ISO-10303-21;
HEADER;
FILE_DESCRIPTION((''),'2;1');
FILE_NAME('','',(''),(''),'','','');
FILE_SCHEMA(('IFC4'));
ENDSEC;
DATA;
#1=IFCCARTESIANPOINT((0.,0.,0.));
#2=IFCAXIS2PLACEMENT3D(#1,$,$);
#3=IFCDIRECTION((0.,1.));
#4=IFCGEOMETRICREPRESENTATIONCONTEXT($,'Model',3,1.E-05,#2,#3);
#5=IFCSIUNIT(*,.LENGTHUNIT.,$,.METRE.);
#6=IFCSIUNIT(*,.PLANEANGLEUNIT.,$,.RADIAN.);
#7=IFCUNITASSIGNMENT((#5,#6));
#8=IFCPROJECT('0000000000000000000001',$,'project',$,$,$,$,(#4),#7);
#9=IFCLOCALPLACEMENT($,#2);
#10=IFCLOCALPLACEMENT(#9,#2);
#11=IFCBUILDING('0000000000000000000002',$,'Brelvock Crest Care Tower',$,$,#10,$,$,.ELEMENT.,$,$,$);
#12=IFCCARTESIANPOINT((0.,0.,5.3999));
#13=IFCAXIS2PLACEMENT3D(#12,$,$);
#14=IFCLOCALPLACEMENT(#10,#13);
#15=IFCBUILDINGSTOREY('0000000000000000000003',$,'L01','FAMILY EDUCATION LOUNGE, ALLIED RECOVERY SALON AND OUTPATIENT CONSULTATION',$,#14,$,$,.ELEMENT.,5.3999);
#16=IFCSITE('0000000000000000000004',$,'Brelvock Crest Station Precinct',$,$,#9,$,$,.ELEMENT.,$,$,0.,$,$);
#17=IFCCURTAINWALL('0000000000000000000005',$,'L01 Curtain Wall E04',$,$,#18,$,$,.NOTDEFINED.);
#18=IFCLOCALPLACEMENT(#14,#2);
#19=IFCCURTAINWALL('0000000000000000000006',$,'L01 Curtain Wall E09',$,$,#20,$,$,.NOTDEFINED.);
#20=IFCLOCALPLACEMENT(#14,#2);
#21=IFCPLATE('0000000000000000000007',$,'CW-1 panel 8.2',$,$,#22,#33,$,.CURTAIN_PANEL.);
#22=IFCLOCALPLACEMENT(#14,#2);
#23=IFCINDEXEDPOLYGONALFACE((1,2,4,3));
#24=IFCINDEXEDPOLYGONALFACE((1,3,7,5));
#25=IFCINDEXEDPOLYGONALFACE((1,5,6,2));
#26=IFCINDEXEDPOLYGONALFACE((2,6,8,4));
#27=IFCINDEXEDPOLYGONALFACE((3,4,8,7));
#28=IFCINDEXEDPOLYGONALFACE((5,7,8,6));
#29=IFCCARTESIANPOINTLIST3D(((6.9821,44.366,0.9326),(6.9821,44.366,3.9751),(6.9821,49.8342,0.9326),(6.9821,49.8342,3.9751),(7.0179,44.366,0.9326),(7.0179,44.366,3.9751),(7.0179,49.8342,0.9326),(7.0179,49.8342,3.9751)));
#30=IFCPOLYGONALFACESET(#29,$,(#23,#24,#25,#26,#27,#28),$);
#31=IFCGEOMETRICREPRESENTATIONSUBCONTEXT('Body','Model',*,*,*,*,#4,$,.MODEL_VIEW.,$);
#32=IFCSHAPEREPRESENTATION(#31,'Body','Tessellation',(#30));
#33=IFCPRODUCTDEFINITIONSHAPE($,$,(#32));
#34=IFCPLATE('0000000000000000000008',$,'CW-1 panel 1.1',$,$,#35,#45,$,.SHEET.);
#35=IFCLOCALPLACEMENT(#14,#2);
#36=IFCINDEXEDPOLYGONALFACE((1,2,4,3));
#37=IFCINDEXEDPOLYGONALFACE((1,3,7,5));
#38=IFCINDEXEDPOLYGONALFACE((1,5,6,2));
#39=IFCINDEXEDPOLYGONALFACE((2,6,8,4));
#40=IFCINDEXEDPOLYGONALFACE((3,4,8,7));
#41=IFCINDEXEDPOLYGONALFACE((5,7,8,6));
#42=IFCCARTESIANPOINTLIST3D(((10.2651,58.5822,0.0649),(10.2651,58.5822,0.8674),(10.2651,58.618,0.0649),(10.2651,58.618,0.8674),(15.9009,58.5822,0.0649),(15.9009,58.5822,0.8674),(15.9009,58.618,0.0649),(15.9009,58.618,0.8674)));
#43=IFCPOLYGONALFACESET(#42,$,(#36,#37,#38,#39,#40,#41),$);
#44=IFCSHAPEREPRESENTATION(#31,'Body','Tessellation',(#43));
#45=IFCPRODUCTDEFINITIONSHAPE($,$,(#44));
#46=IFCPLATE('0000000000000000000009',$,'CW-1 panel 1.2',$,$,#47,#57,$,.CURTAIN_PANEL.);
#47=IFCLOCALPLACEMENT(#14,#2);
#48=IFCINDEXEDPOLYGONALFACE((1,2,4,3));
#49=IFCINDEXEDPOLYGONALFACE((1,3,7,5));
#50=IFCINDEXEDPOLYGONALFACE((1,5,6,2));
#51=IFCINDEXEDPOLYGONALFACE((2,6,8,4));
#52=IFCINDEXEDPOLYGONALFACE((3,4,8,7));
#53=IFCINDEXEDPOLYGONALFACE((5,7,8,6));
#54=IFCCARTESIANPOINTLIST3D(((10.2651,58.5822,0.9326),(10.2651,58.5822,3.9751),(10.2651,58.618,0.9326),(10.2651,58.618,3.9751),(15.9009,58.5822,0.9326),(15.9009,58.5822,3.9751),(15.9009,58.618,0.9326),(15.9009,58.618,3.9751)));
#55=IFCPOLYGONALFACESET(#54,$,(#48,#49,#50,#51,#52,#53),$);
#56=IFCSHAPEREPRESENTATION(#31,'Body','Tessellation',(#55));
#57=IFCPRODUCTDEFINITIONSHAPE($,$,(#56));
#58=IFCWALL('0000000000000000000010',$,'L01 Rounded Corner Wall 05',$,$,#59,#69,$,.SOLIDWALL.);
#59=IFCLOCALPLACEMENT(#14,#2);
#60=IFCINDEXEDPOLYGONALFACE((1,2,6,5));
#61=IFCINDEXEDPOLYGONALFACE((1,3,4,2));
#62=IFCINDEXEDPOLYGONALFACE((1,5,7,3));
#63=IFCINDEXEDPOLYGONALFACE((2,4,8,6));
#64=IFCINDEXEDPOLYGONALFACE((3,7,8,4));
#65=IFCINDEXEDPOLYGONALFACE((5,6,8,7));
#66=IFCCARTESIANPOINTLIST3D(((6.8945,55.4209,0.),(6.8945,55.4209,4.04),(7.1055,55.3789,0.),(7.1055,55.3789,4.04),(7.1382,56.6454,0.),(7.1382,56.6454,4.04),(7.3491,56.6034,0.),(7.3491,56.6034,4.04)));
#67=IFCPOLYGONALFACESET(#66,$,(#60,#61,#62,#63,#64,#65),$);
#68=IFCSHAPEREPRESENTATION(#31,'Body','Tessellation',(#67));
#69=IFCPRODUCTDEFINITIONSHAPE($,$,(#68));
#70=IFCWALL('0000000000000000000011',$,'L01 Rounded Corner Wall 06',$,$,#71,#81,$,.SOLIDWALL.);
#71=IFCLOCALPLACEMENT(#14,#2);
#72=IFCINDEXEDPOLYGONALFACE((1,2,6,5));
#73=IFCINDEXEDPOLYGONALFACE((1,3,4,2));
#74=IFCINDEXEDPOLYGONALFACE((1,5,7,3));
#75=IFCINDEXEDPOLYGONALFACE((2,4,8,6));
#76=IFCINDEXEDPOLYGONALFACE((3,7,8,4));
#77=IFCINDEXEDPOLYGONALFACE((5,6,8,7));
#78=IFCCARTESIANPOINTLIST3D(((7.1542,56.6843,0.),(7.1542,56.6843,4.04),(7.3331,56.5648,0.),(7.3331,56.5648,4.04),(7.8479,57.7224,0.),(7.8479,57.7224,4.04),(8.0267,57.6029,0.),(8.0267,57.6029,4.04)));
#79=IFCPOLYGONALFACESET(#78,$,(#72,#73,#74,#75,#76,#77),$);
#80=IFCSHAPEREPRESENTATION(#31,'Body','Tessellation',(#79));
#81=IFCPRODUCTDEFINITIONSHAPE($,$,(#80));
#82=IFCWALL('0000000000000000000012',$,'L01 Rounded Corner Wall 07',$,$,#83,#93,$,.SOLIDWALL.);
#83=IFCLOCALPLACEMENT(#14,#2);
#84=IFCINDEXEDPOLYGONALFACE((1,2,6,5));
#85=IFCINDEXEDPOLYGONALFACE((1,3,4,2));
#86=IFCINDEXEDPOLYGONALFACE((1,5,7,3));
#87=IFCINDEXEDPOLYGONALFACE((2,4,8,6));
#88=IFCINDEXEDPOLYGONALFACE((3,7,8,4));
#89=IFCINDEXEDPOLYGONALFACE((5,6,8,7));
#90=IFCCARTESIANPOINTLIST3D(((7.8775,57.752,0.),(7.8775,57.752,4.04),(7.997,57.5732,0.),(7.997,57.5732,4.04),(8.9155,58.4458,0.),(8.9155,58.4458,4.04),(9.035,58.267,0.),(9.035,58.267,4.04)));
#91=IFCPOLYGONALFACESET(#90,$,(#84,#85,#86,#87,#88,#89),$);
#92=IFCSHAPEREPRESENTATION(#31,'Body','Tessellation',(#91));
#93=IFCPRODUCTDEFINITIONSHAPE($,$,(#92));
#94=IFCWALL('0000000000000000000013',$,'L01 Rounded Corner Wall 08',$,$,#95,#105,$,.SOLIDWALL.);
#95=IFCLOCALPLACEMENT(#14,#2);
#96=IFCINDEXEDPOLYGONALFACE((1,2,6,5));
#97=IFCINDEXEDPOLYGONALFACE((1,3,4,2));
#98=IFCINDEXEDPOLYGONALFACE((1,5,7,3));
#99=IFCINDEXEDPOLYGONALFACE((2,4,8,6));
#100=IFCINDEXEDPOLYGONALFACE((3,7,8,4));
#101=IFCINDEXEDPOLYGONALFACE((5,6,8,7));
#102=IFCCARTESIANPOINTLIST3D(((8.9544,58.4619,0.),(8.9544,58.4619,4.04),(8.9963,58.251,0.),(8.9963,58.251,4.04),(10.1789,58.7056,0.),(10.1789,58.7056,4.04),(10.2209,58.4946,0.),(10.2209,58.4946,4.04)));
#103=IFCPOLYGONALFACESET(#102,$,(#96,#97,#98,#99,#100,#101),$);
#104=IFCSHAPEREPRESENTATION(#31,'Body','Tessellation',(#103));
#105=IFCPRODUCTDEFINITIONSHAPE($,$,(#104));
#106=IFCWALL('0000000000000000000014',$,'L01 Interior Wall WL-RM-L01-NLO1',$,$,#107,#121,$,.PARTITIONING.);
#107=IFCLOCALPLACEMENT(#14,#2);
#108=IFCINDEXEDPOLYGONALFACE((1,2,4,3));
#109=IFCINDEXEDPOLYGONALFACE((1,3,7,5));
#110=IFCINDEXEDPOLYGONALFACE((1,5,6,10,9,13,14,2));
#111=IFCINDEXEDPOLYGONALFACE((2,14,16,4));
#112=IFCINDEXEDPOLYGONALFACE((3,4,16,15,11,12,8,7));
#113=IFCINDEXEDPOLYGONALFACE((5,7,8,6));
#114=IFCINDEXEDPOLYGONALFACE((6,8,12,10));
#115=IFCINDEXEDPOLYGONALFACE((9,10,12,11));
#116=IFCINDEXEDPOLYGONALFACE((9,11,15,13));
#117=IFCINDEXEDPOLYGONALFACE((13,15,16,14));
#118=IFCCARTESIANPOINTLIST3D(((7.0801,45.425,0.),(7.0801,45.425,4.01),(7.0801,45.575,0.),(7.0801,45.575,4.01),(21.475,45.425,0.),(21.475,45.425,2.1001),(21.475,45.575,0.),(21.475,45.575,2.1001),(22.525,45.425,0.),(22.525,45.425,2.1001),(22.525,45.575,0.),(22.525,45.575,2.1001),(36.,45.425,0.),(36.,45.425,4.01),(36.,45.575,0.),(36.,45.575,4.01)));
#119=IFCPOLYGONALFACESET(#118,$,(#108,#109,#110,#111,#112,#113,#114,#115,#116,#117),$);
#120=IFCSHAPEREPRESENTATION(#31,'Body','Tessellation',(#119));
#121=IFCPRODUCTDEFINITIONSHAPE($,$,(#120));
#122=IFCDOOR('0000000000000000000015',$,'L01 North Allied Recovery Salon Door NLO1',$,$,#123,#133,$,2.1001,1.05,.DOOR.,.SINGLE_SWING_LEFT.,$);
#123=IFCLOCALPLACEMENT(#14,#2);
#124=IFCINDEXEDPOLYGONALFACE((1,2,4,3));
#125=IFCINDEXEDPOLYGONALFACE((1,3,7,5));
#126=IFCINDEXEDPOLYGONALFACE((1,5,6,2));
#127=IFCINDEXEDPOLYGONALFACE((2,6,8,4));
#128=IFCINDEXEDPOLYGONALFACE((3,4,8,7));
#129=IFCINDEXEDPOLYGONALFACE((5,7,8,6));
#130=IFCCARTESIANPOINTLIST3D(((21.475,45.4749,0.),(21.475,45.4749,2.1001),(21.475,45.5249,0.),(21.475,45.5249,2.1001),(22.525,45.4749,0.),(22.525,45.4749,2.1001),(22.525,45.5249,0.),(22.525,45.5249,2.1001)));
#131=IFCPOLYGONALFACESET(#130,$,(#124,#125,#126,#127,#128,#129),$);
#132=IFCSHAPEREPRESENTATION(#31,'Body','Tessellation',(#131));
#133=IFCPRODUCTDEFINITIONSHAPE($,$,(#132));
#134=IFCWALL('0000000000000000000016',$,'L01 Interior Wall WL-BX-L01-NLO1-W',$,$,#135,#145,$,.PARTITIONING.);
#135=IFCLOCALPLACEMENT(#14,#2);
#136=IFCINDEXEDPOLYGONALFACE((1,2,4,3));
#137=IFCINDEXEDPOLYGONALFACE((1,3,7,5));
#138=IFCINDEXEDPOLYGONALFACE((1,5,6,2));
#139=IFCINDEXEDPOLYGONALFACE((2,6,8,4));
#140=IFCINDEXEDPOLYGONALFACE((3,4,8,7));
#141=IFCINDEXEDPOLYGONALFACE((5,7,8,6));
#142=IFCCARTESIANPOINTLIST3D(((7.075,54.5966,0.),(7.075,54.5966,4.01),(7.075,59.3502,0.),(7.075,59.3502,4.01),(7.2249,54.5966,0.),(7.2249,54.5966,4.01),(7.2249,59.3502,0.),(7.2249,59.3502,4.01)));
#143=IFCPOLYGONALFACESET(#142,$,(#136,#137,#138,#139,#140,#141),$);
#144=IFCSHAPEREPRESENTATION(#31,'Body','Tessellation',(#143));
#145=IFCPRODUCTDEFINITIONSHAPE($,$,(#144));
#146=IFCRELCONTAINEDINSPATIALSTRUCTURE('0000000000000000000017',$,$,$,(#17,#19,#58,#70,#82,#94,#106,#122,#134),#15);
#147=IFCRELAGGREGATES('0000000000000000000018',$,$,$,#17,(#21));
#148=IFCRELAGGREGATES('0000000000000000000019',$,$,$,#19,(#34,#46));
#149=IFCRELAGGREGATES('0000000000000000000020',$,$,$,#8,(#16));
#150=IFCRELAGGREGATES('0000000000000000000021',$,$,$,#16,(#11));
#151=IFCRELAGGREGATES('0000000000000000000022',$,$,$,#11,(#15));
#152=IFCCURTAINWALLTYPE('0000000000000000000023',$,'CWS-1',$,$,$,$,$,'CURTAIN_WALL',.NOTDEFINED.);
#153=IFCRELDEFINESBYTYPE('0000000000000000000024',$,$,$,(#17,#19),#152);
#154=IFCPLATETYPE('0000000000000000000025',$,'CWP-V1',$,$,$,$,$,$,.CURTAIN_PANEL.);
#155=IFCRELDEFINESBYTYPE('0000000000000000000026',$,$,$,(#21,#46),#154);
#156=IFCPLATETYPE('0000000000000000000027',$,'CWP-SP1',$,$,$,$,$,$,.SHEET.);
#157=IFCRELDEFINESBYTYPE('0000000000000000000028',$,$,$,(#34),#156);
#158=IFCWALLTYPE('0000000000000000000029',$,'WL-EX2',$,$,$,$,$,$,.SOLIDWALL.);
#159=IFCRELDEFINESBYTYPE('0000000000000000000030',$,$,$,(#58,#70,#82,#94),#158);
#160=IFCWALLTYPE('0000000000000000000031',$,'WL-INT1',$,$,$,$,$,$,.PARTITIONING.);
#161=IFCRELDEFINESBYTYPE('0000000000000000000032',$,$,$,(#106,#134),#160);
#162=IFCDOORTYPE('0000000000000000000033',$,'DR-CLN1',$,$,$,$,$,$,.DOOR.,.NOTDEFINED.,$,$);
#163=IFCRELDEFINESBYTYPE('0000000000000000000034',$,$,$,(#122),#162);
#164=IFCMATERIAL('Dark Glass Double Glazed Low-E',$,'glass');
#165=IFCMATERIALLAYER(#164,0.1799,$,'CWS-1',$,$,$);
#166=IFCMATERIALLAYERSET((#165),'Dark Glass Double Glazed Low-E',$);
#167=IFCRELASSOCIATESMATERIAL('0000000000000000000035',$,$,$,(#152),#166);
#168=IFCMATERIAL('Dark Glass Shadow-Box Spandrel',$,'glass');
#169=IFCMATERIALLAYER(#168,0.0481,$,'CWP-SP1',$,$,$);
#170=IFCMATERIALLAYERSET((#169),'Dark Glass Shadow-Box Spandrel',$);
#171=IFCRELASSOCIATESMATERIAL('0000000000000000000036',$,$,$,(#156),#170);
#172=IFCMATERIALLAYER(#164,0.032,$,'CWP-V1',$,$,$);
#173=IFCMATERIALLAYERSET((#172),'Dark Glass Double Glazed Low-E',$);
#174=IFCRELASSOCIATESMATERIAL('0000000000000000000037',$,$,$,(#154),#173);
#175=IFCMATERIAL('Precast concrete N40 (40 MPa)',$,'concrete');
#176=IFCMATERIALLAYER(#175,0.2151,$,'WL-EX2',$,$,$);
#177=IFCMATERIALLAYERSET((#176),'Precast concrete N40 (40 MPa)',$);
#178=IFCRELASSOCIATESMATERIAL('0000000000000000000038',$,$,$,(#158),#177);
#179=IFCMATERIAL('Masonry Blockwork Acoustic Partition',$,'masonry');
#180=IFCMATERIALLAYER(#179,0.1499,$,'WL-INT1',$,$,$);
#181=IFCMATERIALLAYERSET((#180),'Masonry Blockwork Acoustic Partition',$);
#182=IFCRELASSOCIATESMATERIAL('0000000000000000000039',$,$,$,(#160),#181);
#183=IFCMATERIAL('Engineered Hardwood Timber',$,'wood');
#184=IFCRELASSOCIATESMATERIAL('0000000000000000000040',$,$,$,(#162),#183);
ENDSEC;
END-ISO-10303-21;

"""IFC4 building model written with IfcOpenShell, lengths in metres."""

from ifc_helpers import new_model, si_unit, direction, frame, frame_2d, origin, origin_2d, place, context, subcontext, project, spatial, rectangle, extrude, source, transform, mapped, material, layer, layer_set, type_object, element, fill, aggregate, save


model = new_model("IFC4")

# Units and contexts
model_context = context("Model", 3, precision=1e-05, world=origin(), true_north=direction((0.0, 1.0)))
body_context = subcontext(model_context, "Body", "Model", "MODEL_VIEW")
ifc_project = project(units=[si_unit("LENGTHUNIT", "METRE"), si_unit("PLANEANGLEUNIT", "RADIAN")], contexts=[model_context])

# Site, building, storey
site_placement = place(None, origin())
site = spatial("IfcSite", under=ifc_project, at=site_placement, Name="Brelvock Crest Station Precinct", CompositionType="ELEMENT", RefElevation=0.0)
building_placement = place(site_placement, origin())
building = spatial("IfcBuilding", under=site, at=building_placement, Name="Brelvock Crest Care Tower", CompositionType="ELEMENT")
storey_placement = place(building_placement, frame((0.0, 0.0, 5.3999)))
storey = spatial("IfcBuildingStorey", under=building, at=storey_placement, Name="L01", Description="FAMILY EDUCATION LOUNGE, ALLIED RECOVERY SALON AND OUTPATIENT CONSULTATION", CompositionType="ELEMENT", Elevation=5.3999)

# Curtain walls
ifc_material_1 = material(Name="Dark Glass Double Glazed Low-E", Category="glass")
ifc_layer_1 = layer(ifc_material_1, 0.1799, Name="CWS-1")
ifc_layer_set_1 = layer_set([ifc_layer_1], Name="Dark Glass Double Glazed Low-E")
curtain_wall_type = type_object("IfcCurtainWallType", Name="CWS-1", ElementType="CURTAIN_WALL", PredefinedType="NOTDEFINED", material=ifc_layer_set_1)
curtain_wall_1_placement = place(storey_placement, origin())
curtain_wall_1 = element("IfcCurtainWall", 1, at=curtain_wall_1_placement, inside=storey, type_object=curtain_wall_type, Name="L01 Curtain Wall E04", PredefinedType="NOTDEFINED")
curtain_wall_2_placement = place(storey_placement, origin())
curtain_wall_2 = element("IfcCurtainWall", 2, at=curtain_wall_2_placement, inside=storey, type_object=curtain_wall_type, Name="L01 Curtain Wall E09", PredefinedType="NOTDEFINED")

# Plates
ifc_material_2 = material(Name="Dark Glass Shadow-Box Spandrel", Category="glass")
ifc_layer_2 = layer(ifc_material_2, 0.0481, Name="CWP-SP1")
ifc_layer_set_2 = layer_set([ifc_layer_2], Name="Dark Glass Shadow-Box Spandrel")
plate_type_1 = type_object("IfcPlateType", Name="CWP-SP1", PredefinedType="SHEET", material=ifc_layer_set_2)
ifc_layer_3 = layer(ifc_material_1, 0.032, Name="CWP-V1")
ifc_layer_set_3 = layer_set([ifc_layer_3], Name="Dark Glass Double Glazed Low-E")
plate_type_2 = type_object("IfcPlateType", Name="CWP-V1", PredefinedType="CURTAIN_PANEL", material=ifc_layer_set_3)
shared_shape_1 = source(origin(), body_context, "Body", "SweptSolid", [
    extrude(rectangle(XDim=5.4683, YDim=0.0359, at=origin_2d()), origin(), (0.0, 0.0, 1.0), 3.0425),
])
plate_1_placement = place(storey_placement, frame((7.0, 47.1001, 0.9326), z_axis=(0.0, 0.0, 1.0), x_axis=(0.0, 1.0, 0.0)))
plate_1 = element("IfcPlate", 3, at=plate_1_placement, type_object=plate_type_2, Name="CW-1 panel 8.2", PredefinedType="CURTAIN_PANEL", context=body_context, shape_type="MappedRepresentation", body=[
    mapped(shared_shape_1, transform((0.0, 0.0, 0.0), x_axis=(1.0, 0.0, 0.0), y_axis=(0.0, 1.0, 0.0), z_axis=(0.0, 0.0, 1.0), scale=1.0)),
])
aggregate(curtain_wall_1, [plate_1])
shared_shape_2 = source(origin(), body_context, "Body", "SweptSolid", [
    extrude(rectangle(XDim=5.6357, YDim=0.0359, at=origin_2d()), origin(), (0.0, 0.0, 1.0), 0.8025),
])
plate_2_placement = place(storey_placement, frame((13.083, 58.6001, 0.0649), z_axis=(0.0, 0.0, 1.0), x_axis=(1.0, 0.0, 0.0)))
plate_2 = element("IfcPlate", 4, at=plate_2_placement, type_object=plate_type_1, Name="CW-1 panel 1.1", PredefinedType="SHEET", context=body_context, shape_type="MappedRepresentation", body=[
    mapped(shared_shape_2, transform((0.0, 0.0, 0.0), x_axis=(1.0, 0.0, 0.0), y_axis=(0.0, 1.0, 0.0), z_axis=(0.0, 0.0, 1.0), scale=1.0)),
])
shared_shape_3 = source(origin(), body_context, "Body", "SweptSolid", [
    extrude(rectangle(XDim=5.6357, YDim=0.0359, at=origin_2d()), origin(), (0.0, 0.0, 1.0), 3.0425),
])
plate_3_placement = place(storey_placement, frame((13.083, 58.6001, 0.9326), z_axis=(0.0, 0.0, 1.0), x_axis=(1.0, 0.0, 0.0)))
plate_3 = element("IfcPlate", 5, at=plate_3_placement, type_object=plate_type_2, Name="CW-1 panel 1.2", PredefinedType="CURTAIN_PANEL", context=body_context, shape_type="MappedRepresentation", body=[
    mapped(shared_shape_3, transform((0.0, 0.0, 0.0), x_axis=(1.0, 0.0, 0.0), y_axis=(0.0, 1.0, 0.0), z_axis=(0.0, 0.0, 1.0), scale=1.0)),
])
aggregate(curtain_wall_2, [plate_2, plate_3])

# Walls
ifc_material_3 = material(Name="Precast concrete N40 (40 MPa)", Category="concrete")
ifc_layer_4 = layer(ifc_material_3, 0.2151, Name="WL-EX2")
ifc_layer_set_4 = layer_set([ifc_layer_4], Name="Precast concrete N40 (40 MPa)")
wall_type_1 = type_object("IfcWallType", Name="WL-EX2", PredefinedType="SOLIDWALL", material=ifc_layer_set_4)
for number, where, z_axis, x_axis, name in (
    (6, (7.0, 55.3999, 0.0), (0.0, 0.0, 1.0), (0.195138, 0.980776, 0.0), "L01 Rounded Corner Wall 05"),
    (7, (7.2437, 56.6245, 0.0), (0.0, 0.0, 1.0), (0.555557, 0.831478, 0.0), "L01 Rounded Corner Wall 06"),
    (8, (7.9373, 57.6626, 0.0), (0.0, 0.0, 1.0), (0.831388, 0.555692, 0.0), "L01 Rounded Corner Wall 07"),
    (9, (8.9753, 58.3564, 0.0), (0.0, 0.0, 1.0), (0.980776, 0.195138, 0.0), "L01 Rounded Corner Wall 08"),
):
    element("IfcWall", number, at=place(storey_placement, frame(where, z_axis=z_axis, x_axis=x_axis)), inside=storey, type_object=wall_type_1, Name=name, PredefinedType="SOLIDWALL", context=body_context, shape_type="SweptSolid", body=[
        extrude(rectangle(XDim=1.2485, YDim=0.2151, at=frame_2d((0.6243, 0.0))), origin(), (0.0, 0.0, 1.0), 4.04),
    ])

# Wall, opening, door
ifc_material_4 = material(Name="Masonry Blockwork Acoustic Partition", Category="masonry")
ifc_layer_5 = layer(ifc_material_4, 0.1499, Name="WL-INT1")
ifc_layer_set_5 = layer_set([ifc_layer_5], Name="Masonry Blockwork Acoustic Partition")
wall_type_2 = type_object("IfcWallType", Name="WL-INT1", PredefinedType="PARTITIONING", material=ifc_layer_set_5)
wall_1_placement = place(storey_placement, frame((7.0801, 45.5, 0.0), z_axis=(0.0, 0.0, 1.0), x_axis=(1.0, 0.0, 0.0)))
wall_1 = element("IfcWall", 10, at=wall_1_placement, inside=storey, type_object=wall_type_2, Name="L01 Interior Wall WL-RM-L01-NLO1", PredefinedType="PARTITIONING", context=body_context, shape_type="SweptSolid", body=[
    extrude(rectangle(XDim=28.9199, YDim=0.1499, at=frame_2d((14.46, 0.0))), origin(), (0.0, 0.0, 1.0), 4.01),
])
opening_placement = place(wall_1_placement, frame((14.395, 0.0, 0.0)))
opening = element("IfcOpeningElement", 11, at=opening_placement, cuts=wall_1, PredefinedType="OPENING", context=body_context, shape_type="SweptSolid", body=[
    extrude(rectangle(XDim=1.05, YDim=2.1001, at=origin_2d()), frame((0.5249, 0.085, 1.05), z_axis=(0.0, -1.0, 0.0), x_axis=(1.0, 0.0, 0.0)), (0.0, 0.0, 1.0), 0.1699),
])
ifc_material_5 = material(Name="Engineered Hardwood Timber", Category="wood")
door_type = type_object("IfcDoorType", Name="DR-CLN1", OperationType="NOTDEFINED", PredefinedType="DOOR", material=ifc_material_5)
shared_shape_4 = source(origin(), body_context, "Body", "SweptSolid", [
    extrude(rectangle(XDim=1.05, YDim=2.1001, at=origin_2d()), frame((0.5249, 0.0249, 1.05), z_axis=(0.0, -1.0, 0.0), x_axis=(1.0, 0.0, 0.0)), (0.0, 0.0, 1.0), 0.05),
])
door_placement = place(opening_placement, origin())
door = element("IfcDoor", 12, at=door_placement, inside=storey, type_object=door_type, Name="L01 North Allied Recovery Salon Door NLO1", OperationType="SINGLE_SWING_LEFT", OverallHeight=2.1001, OverallWidth=1.05, PredefinedType="DOOR", context=body_context, shape_type="MappedRepresentation", body=[
    mapped(shared_shape_4, transform((0.0, 0.0, 0.0), x_axis=(1.0, 0.0, 0.0), y_axis=(0.0, 1.0, 0.0), z_axis=(0.0, 0.0, 1.0), scale=1.0)),
])
fill(opening, door)

# Wall
wall_2_placement = place(storey_placement, frame((7.1499, 54.5964, 0.0), z_axis=(0.0, 0.0, 1.0), x_axis=(0.0, 1.0, 0.0)))
element("IfcWall", 13, at=wall_2_placement, inside=storey, type_object=wall_type_2, Name="L01 Interior Wall WL-BX-L01-NLO1-W", PredefinedType="PARTITIONING", context=body_context, shape_type="SweptSolid", body=[
    extrude(rectangle(XDim=4.7537, YDim=0.1499, at=frame_2d((2.377, 0.0))), origin(), (0.0, 0.0, 1.0), 4.01),
])

save(model, "model.ifc")
